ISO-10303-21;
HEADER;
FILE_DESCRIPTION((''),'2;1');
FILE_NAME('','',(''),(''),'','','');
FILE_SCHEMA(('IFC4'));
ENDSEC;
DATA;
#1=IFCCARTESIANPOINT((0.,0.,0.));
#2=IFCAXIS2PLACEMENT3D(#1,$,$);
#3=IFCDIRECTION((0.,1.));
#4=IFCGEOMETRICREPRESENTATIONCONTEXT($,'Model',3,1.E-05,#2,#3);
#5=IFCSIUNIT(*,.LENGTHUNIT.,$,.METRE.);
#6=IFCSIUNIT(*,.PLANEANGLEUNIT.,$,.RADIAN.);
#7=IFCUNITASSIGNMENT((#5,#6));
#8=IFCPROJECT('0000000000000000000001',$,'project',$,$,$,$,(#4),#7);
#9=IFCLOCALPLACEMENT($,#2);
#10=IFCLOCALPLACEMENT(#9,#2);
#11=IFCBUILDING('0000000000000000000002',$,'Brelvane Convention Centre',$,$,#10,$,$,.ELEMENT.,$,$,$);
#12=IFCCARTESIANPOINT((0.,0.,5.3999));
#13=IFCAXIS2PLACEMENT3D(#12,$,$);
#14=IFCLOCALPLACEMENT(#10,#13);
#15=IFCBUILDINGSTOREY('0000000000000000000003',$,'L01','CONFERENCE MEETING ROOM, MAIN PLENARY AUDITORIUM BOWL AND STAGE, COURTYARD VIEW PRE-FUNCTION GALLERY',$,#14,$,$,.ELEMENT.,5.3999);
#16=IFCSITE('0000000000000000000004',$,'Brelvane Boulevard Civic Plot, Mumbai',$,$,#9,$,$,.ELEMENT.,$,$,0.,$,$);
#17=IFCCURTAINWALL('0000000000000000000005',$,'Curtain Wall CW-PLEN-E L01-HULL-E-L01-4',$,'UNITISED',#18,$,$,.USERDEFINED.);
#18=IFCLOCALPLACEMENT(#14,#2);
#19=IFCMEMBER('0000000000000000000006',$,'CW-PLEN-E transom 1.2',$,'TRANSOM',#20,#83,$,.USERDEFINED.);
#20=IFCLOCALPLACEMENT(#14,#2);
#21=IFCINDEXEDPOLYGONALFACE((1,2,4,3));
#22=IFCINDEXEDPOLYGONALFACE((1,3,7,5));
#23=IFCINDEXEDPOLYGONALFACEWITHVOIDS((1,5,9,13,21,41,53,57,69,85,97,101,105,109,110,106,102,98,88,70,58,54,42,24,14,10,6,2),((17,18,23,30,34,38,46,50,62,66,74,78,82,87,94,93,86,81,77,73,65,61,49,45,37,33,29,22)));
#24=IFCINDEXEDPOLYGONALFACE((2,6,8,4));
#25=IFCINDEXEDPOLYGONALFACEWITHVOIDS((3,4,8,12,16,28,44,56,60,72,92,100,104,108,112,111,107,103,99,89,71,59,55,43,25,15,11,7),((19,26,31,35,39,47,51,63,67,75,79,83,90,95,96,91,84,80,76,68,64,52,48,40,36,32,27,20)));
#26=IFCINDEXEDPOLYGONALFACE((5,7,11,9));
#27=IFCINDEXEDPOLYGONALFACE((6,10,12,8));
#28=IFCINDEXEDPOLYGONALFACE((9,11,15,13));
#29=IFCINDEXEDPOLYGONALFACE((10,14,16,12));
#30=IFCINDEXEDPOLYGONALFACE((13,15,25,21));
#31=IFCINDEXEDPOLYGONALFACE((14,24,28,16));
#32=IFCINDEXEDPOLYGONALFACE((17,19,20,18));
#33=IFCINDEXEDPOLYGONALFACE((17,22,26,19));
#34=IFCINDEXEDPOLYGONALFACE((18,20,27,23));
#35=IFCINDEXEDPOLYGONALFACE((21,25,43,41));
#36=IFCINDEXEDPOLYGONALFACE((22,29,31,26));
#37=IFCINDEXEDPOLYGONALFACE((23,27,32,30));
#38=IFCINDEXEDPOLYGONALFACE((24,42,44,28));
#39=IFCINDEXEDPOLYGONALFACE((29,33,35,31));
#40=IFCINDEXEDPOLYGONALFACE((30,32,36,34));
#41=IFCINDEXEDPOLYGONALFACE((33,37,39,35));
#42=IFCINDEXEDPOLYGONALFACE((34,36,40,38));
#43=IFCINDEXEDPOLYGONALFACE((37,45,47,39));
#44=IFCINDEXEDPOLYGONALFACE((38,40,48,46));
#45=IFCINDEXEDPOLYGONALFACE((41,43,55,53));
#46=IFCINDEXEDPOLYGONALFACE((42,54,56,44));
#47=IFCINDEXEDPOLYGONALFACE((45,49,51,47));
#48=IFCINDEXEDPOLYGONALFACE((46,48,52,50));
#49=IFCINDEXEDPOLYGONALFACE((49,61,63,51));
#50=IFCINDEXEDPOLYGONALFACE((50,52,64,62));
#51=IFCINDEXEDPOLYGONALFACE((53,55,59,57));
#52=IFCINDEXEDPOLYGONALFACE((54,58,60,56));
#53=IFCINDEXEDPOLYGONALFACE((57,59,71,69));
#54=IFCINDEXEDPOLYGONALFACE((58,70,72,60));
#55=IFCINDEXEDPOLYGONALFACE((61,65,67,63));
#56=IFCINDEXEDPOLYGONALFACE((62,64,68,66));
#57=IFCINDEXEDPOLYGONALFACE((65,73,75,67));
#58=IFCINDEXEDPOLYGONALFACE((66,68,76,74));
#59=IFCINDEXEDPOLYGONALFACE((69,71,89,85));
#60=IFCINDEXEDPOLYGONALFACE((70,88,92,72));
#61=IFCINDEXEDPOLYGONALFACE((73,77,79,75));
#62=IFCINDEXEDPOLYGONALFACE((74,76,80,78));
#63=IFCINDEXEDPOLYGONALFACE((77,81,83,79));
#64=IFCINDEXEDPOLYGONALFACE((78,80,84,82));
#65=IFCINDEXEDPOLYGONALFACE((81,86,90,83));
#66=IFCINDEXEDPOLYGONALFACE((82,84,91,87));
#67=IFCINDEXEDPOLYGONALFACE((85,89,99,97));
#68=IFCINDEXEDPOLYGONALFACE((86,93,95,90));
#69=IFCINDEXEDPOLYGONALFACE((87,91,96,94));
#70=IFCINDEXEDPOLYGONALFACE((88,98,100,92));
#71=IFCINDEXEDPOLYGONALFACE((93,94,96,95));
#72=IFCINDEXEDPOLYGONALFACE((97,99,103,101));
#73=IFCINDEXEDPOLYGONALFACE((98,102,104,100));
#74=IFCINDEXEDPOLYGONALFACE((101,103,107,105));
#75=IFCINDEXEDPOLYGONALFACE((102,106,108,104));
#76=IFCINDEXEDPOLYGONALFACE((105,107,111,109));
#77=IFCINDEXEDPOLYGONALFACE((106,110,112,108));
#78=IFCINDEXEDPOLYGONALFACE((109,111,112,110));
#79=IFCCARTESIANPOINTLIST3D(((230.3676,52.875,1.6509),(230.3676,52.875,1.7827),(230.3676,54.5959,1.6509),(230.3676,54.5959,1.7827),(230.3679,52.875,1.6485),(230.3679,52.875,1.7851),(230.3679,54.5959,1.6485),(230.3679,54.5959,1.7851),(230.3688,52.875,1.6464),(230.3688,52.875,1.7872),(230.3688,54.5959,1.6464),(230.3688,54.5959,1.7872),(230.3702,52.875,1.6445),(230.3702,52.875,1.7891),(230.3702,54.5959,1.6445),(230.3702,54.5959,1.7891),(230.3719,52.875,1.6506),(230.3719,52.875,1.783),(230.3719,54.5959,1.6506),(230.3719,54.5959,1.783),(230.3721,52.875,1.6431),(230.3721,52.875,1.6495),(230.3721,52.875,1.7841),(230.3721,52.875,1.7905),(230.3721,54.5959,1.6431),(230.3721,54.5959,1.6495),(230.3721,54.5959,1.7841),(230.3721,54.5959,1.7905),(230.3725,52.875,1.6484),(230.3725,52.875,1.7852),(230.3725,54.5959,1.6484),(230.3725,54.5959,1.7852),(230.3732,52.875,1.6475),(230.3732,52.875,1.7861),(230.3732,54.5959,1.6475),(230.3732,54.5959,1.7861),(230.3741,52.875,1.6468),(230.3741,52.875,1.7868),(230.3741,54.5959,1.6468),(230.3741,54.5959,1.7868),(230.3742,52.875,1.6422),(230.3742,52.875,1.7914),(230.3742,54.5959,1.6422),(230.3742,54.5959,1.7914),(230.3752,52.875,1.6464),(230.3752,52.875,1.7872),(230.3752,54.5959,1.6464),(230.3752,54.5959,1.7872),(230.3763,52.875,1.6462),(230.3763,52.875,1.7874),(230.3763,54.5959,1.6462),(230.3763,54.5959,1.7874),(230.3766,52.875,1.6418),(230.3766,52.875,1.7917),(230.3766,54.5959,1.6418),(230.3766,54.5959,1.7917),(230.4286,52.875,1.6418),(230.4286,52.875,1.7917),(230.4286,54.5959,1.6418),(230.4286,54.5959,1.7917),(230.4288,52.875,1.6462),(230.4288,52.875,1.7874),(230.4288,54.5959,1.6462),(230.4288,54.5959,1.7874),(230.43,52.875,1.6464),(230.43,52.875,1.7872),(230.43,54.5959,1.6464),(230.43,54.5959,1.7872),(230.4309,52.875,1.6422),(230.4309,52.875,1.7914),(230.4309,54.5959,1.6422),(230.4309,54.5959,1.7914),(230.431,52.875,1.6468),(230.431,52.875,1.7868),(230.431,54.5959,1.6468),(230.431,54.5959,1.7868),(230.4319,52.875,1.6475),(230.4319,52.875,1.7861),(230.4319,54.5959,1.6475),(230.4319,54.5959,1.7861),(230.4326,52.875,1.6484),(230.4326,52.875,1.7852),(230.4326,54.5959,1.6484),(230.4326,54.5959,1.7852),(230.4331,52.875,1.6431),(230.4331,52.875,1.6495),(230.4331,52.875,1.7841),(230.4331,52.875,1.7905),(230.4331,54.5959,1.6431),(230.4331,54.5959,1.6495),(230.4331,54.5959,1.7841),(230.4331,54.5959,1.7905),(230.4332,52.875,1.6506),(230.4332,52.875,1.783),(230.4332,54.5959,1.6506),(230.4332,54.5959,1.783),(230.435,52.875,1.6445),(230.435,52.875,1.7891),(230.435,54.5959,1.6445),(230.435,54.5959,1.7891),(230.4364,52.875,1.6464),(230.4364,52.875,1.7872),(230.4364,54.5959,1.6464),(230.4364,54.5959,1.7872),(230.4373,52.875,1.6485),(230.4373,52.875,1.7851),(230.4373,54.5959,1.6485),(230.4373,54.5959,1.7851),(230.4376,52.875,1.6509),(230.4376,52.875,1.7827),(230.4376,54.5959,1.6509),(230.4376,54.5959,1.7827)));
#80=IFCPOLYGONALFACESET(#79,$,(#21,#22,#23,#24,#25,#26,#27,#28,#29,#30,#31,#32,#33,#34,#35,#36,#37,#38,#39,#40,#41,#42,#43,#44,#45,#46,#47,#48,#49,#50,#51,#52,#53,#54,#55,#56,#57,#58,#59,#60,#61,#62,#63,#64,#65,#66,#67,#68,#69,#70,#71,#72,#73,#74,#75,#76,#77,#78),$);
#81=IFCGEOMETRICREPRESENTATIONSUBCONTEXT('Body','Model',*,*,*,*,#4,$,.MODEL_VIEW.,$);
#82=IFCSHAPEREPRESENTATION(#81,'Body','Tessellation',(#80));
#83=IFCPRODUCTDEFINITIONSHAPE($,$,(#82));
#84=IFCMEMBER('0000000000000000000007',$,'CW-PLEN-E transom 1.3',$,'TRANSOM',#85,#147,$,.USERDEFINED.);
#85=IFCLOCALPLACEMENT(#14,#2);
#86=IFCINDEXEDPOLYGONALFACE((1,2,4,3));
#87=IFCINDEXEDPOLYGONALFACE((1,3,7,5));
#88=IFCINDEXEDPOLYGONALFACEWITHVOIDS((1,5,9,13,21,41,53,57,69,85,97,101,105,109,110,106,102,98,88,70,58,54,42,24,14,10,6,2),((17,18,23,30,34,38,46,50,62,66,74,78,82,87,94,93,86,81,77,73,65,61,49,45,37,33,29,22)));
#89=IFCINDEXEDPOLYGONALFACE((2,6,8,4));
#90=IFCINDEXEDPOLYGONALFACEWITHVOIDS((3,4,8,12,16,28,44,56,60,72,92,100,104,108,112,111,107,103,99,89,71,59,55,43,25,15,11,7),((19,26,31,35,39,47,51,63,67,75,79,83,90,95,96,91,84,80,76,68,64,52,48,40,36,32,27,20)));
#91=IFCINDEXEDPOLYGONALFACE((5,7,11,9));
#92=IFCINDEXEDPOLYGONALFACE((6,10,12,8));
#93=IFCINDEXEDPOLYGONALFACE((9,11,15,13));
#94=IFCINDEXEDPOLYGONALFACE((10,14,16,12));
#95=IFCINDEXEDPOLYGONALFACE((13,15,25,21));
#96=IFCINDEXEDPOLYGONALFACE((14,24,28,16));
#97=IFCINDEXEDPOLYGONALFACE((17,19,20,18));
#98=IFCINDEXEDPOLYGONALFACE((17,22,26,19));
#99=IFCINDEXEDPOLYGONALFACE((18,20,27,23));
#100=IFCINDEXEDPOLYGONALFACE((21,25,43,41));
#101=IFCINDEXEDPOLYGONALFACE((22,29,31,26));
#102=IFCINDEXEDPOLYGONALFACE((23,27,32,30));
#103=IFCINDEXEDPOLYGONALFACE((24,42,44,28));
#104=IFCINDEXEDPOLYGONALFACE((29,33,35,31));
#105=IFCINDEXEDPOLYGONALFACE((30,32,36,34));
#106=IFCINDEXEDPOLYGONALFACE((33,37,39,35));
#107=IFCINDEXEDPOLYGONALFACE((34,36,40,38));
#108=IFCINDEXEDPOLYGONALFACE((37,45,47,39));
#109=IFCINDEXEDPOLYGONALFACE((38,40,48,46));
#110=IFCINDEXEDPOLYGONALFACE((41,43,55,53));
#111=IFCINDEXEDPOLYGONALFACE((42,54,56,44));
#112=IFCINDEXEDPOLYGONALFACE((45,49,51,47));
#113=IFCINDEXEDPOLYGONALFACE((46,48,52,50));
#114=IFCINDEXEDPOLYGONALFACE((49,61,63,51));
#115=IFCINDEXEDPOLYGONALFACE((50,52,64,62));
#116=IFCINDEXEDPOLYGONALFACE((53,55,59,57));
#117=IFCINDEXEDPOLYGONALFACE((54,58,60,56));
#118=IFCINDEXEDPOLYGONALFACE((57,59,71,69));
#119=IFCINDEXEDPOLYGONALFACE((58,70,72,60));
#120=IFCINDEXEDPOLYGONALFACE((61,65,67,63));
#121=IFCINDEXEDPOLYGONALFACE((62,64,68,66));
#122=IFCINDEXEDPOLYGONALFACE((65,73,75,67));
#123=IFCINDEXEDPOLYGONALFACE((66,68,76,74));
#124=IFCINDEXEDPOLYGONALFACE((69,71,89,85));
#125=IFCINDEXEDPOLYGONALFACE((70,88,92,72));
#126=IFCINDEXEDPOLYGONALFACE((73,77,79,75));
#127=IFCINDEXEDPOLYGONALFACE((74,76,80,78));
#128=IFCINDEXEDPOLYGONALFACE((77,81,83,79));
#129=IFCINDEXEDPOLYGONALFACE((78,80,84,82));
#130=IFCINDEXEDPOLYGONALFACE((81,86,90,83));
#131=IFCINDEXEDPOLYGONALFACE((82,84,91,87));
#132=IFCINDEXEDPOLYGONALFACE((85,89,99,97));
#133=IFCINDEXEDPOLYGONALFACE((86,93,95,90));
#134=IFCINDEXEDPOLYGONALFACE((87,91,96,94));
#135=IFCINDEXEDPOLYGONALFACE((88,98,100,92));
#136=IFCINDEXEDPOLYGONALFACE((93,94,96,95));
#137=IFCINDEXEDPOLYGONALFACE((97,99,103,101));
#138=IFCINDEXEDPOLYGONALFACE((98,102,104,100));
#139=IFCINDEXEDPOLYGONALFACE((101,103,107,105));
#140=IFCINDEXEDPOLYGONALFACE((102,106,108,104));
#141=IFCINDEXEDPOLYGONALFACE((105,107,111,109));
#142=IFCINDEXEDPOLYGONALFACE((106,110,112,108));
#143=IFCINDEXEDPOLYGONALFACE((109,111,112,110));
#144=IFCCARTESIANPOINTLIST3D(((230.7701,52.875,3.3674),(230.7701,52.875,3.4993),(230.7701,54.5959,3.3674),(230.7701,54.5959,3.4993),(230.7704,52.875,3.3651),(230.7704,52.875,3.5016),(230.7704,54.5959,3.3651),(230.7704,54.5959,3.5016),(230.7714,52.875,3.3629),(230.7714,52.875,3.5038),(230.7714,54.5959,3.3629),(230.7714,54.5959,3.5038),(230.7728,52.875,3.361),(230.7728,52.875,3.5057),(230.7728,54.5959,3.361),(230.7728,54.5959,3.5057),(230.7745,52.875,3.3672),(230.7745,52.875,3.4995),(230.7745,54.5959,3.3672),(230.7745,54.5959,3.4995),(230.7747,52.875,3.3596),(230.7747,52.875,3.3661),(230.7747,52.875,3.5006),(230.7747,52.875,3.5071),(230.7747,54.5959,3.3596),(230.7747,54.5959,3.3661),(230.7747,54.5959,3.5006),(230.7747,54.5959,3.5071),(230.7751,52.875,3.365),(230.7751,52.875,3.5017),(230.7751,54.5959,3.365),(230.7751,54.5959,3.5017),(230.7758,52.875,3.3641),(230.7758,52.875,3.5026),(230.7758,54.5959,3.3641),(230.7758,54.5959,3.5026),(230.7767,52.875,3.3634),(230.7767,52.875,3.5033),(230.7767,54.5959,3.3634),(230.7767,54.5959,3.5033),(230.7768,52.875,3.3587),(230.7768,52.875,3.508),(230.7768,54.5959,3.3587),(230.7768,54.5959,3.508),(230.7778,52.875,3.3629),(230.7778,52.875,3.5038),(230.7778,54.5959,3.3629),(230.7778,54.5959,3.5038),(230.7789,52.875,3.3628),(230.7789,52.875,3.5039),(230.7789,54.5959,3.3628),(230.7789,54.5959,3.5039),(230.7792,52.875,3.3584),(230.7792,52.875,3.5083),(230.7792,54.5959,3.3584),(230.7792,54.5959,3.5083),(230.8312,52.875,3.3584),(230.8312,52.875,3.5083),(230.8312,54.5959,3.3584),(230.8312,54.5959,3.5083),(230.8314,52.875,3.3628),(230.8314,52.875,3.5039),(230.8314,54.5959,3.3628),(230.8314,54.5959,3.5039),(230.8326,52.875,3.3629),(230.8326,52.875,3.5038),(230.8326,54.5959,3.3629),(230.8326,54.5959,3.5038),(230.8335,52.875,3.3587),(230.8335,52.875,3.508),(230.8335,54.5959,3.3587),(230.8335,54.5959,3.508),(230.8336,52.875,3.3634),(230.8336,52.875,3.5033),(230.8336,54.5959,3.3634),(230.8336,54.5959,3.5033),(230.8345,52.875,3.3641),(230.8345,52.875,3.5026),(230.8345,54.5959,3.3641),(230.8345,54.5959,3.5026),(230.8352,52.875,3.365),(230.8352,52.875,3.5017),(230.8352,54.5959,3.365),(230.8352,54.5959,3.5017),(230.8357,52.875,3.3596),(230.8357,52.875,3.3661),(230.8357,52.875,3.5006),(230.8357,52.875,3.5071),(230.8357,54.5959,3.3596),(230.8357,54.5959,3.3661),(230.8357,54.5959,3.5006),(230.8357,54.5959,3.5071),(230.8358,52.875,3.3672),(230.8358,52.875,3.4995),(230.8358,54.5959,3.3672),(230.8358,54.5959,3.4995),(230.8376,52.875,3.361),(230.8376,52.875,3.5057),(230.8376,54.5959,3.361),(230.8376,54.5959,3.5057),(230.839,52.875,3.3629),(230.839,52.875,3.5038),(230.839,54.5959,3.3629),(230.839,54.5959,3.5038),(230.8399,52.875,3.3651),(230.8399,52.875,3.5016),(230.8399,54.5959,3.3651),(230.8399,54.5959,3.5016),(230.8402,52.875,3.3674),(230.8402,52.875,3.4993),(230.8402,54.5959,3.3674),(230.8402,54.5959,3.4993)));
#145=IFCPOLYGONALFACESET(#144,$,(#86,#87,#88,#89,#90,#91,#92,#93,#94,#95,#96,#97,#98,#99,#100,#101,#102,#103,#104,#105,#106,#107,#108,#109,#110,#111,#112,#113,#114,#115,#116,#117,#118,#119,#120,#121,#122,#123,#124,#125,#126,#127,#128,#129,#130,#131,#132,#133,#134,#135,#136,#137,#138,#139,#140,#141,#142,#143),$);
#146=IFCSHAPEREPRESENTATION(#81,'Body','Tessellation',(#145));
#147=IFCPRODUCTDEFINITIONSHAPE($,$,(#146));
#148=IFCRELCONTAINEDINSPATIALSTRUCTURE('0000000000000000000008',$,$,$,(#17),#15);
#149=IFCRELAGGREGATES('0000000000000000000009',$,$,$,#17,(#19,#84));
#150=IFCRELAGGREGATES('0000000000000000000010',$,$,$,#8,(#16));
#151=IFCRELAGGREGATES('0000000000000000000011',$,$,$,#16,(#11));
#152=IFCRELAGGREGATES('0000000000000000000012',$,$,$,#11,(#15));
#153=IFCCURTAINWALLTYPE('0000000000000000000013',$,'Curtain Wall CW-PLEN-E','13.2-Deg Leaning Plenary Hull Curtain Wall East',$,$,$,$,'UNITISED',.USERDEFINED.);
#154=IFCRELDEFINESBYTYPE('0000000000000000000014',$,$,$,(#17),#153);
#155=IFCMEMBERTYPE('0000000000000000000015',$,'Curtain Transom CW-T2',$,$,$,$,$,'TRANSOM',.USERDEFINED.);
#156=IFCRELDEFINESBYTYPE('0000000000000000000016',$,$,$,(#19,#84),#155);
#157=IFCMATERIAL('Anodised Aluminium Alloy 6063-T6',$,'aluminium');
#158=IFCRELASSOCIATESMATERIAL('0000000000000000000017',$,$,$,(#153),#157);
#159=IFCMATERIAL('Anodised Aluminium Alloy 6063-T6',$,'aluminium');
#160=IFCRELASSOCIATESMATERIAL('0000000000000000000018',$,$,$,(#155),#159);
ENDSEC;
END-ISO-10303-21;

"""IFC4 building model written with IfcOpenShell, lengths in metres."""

from ifc_helpers import new_model, si_unit, direction, frame, origin, origin_2d, place, context, subcontext, project, spatial, hollow_rectangle, extrude, material, material_profile, profile_set, type_object, element, aggregate, save


model = new_model("IFC4")

# Units and contexts
model_context = context("Model", 3, precision=1e-05, world=origin(), true_north=direction((0.0, 1.0)))
body_context = subcontext(model_context, "Body", "Model", "MODEL_VIEW")
ifc_project = project(units=[si_unit("LENGTHUNIT", "METRE"), si_unit("PLANEANGLEUNIT", "RADIAN")], contexts=[model_context])

# Site, building, storey
site_placement = place(None, origin())
site = spatial("IfcSite", under=ifc_project, at=site_placement, Name="Brelvane Boulevard Civic Plot, Mumbai", CompositionType="ELEMENT", RefElevation=0.0)
building_placement = place(site_placement, origin())
building = spatial("IfcBuilding", under=site, at=building_placement, Name="Brelvane Convention Centre", CompositionType="ELEMENT")
storey_placement = place(building_placement, frame((0.0, 0.0, 5.3999)))
storey = spatial("IfcBuildingStorey", under=building, at=storey_placement, Name="L01", Description="CONFERENCE MEETING ROOM, MAIN PLENARY AUDITORIUM BOWL AND STAGE, COURTYARD VIEW PRE-FUNCTION GALLERY", CompositionType="ELEMENT", Elevation=5.3999)

# Curtain wall, members
ifc_material_1 = material(Name="Anodised Aluminium Alloy 6063-T6", Category="aluminium")
curtain_wall_type = type_object("IfcCurtainWallType", Name="Curtain Wall CW-PLEN-E", Description="13.2-Deg Leaning Plenary Hull Curtain Wall East", ElementType="UNITISED", PredefinedType="USERDEFINED", material=ifc_material_1)
curtain_wall_1_placement = place(storey_placement, origin())
curtain_wall_1 = element("IfcCurtainWall", 1, at=curtain_wall_1_placement, inside=storey, type_object=curtain_wall_type, Name="Curtain Wall CW-PLEN-E L01-HULL-E-L01-4", ObjectType="UNITISED", PredefinedType="USERDEFINED")
ifc_material_2 = material(Name="Anodised Aluminium Alloy 6063-T6", Category="aluminium")
ifc_material_profile = material_profile(ifc_material_2, hollow_rectangle(XDim=0.0701, YDim=0.1499, WallThickness=0.0044, InnerFilletRadius=0.0044, OuterFilletRadius=0.009, at=origin_2d()), Name="ALU-T 150x70x4.5")
ifc_profile_set = profile_set([ifc_material_profile], Name="Anodised Aluminium Alloy 6063-T6")
member_type = type_object("IfcMemberType", Name="Curtain Transom CW-T2", ElementType="TRANSOM", PredefinedType="USERDEFINED", material=ifc_profile_set)
member_1_placement = place(storey_placement, frame((230.4026, 52.875, 1.7168), z_axis=(0.0, 1.0, 0.0), x_axis=(-1.0, 0.0, 0.0)))
member_1 = element("IfcMember", 2, at=member_1_placement, type_object=member_type, Name="CW-PLEN-E transom 1.2", ObjectType="TRANSOM", PredefinedType="USERDEFINED", context=body_context, shape_type="SweptSolid", body=[
    extrude(hollow_rectangle(XDim=0.0701, YDim=0.1499, WallThickness=0.0044, InnerFilletRadius=0.0044, OuterFilletRadius=0.009, at=origin_2d()), origin(), (0.0, 0.0, 1.0), 1.7209),
])
member_2_placement = place(storey_placement, frame((230.8052, 52.875, 3.4333), z_axis=(0.0, 1.0, 0.0), x_axis=(-1.0, 0.0, 0.0)))
member_2 = element("IfcMember", 3, at=member_2_placement, type_object=member_type, Name="CW-PLEN-E transom 1.3", ObjectType="TRANSOM", PredefinedType="USERDEFINED", context=body_context, shape_type="SweptSolid", body=[
    extrude(hollow_rectangle(XDim=0.0701, YDim=0.1499, WallThickness=0.0044, InnerFilletRadius=0.0044, OuterFilletRadius=0.009, at=origin_2d()), origin(), (0.0, 0.0, 1.0), 1.7209),
])
aggregate(curtain_wall_1, [member_1, member_2])

save(model, "model.ifc")
